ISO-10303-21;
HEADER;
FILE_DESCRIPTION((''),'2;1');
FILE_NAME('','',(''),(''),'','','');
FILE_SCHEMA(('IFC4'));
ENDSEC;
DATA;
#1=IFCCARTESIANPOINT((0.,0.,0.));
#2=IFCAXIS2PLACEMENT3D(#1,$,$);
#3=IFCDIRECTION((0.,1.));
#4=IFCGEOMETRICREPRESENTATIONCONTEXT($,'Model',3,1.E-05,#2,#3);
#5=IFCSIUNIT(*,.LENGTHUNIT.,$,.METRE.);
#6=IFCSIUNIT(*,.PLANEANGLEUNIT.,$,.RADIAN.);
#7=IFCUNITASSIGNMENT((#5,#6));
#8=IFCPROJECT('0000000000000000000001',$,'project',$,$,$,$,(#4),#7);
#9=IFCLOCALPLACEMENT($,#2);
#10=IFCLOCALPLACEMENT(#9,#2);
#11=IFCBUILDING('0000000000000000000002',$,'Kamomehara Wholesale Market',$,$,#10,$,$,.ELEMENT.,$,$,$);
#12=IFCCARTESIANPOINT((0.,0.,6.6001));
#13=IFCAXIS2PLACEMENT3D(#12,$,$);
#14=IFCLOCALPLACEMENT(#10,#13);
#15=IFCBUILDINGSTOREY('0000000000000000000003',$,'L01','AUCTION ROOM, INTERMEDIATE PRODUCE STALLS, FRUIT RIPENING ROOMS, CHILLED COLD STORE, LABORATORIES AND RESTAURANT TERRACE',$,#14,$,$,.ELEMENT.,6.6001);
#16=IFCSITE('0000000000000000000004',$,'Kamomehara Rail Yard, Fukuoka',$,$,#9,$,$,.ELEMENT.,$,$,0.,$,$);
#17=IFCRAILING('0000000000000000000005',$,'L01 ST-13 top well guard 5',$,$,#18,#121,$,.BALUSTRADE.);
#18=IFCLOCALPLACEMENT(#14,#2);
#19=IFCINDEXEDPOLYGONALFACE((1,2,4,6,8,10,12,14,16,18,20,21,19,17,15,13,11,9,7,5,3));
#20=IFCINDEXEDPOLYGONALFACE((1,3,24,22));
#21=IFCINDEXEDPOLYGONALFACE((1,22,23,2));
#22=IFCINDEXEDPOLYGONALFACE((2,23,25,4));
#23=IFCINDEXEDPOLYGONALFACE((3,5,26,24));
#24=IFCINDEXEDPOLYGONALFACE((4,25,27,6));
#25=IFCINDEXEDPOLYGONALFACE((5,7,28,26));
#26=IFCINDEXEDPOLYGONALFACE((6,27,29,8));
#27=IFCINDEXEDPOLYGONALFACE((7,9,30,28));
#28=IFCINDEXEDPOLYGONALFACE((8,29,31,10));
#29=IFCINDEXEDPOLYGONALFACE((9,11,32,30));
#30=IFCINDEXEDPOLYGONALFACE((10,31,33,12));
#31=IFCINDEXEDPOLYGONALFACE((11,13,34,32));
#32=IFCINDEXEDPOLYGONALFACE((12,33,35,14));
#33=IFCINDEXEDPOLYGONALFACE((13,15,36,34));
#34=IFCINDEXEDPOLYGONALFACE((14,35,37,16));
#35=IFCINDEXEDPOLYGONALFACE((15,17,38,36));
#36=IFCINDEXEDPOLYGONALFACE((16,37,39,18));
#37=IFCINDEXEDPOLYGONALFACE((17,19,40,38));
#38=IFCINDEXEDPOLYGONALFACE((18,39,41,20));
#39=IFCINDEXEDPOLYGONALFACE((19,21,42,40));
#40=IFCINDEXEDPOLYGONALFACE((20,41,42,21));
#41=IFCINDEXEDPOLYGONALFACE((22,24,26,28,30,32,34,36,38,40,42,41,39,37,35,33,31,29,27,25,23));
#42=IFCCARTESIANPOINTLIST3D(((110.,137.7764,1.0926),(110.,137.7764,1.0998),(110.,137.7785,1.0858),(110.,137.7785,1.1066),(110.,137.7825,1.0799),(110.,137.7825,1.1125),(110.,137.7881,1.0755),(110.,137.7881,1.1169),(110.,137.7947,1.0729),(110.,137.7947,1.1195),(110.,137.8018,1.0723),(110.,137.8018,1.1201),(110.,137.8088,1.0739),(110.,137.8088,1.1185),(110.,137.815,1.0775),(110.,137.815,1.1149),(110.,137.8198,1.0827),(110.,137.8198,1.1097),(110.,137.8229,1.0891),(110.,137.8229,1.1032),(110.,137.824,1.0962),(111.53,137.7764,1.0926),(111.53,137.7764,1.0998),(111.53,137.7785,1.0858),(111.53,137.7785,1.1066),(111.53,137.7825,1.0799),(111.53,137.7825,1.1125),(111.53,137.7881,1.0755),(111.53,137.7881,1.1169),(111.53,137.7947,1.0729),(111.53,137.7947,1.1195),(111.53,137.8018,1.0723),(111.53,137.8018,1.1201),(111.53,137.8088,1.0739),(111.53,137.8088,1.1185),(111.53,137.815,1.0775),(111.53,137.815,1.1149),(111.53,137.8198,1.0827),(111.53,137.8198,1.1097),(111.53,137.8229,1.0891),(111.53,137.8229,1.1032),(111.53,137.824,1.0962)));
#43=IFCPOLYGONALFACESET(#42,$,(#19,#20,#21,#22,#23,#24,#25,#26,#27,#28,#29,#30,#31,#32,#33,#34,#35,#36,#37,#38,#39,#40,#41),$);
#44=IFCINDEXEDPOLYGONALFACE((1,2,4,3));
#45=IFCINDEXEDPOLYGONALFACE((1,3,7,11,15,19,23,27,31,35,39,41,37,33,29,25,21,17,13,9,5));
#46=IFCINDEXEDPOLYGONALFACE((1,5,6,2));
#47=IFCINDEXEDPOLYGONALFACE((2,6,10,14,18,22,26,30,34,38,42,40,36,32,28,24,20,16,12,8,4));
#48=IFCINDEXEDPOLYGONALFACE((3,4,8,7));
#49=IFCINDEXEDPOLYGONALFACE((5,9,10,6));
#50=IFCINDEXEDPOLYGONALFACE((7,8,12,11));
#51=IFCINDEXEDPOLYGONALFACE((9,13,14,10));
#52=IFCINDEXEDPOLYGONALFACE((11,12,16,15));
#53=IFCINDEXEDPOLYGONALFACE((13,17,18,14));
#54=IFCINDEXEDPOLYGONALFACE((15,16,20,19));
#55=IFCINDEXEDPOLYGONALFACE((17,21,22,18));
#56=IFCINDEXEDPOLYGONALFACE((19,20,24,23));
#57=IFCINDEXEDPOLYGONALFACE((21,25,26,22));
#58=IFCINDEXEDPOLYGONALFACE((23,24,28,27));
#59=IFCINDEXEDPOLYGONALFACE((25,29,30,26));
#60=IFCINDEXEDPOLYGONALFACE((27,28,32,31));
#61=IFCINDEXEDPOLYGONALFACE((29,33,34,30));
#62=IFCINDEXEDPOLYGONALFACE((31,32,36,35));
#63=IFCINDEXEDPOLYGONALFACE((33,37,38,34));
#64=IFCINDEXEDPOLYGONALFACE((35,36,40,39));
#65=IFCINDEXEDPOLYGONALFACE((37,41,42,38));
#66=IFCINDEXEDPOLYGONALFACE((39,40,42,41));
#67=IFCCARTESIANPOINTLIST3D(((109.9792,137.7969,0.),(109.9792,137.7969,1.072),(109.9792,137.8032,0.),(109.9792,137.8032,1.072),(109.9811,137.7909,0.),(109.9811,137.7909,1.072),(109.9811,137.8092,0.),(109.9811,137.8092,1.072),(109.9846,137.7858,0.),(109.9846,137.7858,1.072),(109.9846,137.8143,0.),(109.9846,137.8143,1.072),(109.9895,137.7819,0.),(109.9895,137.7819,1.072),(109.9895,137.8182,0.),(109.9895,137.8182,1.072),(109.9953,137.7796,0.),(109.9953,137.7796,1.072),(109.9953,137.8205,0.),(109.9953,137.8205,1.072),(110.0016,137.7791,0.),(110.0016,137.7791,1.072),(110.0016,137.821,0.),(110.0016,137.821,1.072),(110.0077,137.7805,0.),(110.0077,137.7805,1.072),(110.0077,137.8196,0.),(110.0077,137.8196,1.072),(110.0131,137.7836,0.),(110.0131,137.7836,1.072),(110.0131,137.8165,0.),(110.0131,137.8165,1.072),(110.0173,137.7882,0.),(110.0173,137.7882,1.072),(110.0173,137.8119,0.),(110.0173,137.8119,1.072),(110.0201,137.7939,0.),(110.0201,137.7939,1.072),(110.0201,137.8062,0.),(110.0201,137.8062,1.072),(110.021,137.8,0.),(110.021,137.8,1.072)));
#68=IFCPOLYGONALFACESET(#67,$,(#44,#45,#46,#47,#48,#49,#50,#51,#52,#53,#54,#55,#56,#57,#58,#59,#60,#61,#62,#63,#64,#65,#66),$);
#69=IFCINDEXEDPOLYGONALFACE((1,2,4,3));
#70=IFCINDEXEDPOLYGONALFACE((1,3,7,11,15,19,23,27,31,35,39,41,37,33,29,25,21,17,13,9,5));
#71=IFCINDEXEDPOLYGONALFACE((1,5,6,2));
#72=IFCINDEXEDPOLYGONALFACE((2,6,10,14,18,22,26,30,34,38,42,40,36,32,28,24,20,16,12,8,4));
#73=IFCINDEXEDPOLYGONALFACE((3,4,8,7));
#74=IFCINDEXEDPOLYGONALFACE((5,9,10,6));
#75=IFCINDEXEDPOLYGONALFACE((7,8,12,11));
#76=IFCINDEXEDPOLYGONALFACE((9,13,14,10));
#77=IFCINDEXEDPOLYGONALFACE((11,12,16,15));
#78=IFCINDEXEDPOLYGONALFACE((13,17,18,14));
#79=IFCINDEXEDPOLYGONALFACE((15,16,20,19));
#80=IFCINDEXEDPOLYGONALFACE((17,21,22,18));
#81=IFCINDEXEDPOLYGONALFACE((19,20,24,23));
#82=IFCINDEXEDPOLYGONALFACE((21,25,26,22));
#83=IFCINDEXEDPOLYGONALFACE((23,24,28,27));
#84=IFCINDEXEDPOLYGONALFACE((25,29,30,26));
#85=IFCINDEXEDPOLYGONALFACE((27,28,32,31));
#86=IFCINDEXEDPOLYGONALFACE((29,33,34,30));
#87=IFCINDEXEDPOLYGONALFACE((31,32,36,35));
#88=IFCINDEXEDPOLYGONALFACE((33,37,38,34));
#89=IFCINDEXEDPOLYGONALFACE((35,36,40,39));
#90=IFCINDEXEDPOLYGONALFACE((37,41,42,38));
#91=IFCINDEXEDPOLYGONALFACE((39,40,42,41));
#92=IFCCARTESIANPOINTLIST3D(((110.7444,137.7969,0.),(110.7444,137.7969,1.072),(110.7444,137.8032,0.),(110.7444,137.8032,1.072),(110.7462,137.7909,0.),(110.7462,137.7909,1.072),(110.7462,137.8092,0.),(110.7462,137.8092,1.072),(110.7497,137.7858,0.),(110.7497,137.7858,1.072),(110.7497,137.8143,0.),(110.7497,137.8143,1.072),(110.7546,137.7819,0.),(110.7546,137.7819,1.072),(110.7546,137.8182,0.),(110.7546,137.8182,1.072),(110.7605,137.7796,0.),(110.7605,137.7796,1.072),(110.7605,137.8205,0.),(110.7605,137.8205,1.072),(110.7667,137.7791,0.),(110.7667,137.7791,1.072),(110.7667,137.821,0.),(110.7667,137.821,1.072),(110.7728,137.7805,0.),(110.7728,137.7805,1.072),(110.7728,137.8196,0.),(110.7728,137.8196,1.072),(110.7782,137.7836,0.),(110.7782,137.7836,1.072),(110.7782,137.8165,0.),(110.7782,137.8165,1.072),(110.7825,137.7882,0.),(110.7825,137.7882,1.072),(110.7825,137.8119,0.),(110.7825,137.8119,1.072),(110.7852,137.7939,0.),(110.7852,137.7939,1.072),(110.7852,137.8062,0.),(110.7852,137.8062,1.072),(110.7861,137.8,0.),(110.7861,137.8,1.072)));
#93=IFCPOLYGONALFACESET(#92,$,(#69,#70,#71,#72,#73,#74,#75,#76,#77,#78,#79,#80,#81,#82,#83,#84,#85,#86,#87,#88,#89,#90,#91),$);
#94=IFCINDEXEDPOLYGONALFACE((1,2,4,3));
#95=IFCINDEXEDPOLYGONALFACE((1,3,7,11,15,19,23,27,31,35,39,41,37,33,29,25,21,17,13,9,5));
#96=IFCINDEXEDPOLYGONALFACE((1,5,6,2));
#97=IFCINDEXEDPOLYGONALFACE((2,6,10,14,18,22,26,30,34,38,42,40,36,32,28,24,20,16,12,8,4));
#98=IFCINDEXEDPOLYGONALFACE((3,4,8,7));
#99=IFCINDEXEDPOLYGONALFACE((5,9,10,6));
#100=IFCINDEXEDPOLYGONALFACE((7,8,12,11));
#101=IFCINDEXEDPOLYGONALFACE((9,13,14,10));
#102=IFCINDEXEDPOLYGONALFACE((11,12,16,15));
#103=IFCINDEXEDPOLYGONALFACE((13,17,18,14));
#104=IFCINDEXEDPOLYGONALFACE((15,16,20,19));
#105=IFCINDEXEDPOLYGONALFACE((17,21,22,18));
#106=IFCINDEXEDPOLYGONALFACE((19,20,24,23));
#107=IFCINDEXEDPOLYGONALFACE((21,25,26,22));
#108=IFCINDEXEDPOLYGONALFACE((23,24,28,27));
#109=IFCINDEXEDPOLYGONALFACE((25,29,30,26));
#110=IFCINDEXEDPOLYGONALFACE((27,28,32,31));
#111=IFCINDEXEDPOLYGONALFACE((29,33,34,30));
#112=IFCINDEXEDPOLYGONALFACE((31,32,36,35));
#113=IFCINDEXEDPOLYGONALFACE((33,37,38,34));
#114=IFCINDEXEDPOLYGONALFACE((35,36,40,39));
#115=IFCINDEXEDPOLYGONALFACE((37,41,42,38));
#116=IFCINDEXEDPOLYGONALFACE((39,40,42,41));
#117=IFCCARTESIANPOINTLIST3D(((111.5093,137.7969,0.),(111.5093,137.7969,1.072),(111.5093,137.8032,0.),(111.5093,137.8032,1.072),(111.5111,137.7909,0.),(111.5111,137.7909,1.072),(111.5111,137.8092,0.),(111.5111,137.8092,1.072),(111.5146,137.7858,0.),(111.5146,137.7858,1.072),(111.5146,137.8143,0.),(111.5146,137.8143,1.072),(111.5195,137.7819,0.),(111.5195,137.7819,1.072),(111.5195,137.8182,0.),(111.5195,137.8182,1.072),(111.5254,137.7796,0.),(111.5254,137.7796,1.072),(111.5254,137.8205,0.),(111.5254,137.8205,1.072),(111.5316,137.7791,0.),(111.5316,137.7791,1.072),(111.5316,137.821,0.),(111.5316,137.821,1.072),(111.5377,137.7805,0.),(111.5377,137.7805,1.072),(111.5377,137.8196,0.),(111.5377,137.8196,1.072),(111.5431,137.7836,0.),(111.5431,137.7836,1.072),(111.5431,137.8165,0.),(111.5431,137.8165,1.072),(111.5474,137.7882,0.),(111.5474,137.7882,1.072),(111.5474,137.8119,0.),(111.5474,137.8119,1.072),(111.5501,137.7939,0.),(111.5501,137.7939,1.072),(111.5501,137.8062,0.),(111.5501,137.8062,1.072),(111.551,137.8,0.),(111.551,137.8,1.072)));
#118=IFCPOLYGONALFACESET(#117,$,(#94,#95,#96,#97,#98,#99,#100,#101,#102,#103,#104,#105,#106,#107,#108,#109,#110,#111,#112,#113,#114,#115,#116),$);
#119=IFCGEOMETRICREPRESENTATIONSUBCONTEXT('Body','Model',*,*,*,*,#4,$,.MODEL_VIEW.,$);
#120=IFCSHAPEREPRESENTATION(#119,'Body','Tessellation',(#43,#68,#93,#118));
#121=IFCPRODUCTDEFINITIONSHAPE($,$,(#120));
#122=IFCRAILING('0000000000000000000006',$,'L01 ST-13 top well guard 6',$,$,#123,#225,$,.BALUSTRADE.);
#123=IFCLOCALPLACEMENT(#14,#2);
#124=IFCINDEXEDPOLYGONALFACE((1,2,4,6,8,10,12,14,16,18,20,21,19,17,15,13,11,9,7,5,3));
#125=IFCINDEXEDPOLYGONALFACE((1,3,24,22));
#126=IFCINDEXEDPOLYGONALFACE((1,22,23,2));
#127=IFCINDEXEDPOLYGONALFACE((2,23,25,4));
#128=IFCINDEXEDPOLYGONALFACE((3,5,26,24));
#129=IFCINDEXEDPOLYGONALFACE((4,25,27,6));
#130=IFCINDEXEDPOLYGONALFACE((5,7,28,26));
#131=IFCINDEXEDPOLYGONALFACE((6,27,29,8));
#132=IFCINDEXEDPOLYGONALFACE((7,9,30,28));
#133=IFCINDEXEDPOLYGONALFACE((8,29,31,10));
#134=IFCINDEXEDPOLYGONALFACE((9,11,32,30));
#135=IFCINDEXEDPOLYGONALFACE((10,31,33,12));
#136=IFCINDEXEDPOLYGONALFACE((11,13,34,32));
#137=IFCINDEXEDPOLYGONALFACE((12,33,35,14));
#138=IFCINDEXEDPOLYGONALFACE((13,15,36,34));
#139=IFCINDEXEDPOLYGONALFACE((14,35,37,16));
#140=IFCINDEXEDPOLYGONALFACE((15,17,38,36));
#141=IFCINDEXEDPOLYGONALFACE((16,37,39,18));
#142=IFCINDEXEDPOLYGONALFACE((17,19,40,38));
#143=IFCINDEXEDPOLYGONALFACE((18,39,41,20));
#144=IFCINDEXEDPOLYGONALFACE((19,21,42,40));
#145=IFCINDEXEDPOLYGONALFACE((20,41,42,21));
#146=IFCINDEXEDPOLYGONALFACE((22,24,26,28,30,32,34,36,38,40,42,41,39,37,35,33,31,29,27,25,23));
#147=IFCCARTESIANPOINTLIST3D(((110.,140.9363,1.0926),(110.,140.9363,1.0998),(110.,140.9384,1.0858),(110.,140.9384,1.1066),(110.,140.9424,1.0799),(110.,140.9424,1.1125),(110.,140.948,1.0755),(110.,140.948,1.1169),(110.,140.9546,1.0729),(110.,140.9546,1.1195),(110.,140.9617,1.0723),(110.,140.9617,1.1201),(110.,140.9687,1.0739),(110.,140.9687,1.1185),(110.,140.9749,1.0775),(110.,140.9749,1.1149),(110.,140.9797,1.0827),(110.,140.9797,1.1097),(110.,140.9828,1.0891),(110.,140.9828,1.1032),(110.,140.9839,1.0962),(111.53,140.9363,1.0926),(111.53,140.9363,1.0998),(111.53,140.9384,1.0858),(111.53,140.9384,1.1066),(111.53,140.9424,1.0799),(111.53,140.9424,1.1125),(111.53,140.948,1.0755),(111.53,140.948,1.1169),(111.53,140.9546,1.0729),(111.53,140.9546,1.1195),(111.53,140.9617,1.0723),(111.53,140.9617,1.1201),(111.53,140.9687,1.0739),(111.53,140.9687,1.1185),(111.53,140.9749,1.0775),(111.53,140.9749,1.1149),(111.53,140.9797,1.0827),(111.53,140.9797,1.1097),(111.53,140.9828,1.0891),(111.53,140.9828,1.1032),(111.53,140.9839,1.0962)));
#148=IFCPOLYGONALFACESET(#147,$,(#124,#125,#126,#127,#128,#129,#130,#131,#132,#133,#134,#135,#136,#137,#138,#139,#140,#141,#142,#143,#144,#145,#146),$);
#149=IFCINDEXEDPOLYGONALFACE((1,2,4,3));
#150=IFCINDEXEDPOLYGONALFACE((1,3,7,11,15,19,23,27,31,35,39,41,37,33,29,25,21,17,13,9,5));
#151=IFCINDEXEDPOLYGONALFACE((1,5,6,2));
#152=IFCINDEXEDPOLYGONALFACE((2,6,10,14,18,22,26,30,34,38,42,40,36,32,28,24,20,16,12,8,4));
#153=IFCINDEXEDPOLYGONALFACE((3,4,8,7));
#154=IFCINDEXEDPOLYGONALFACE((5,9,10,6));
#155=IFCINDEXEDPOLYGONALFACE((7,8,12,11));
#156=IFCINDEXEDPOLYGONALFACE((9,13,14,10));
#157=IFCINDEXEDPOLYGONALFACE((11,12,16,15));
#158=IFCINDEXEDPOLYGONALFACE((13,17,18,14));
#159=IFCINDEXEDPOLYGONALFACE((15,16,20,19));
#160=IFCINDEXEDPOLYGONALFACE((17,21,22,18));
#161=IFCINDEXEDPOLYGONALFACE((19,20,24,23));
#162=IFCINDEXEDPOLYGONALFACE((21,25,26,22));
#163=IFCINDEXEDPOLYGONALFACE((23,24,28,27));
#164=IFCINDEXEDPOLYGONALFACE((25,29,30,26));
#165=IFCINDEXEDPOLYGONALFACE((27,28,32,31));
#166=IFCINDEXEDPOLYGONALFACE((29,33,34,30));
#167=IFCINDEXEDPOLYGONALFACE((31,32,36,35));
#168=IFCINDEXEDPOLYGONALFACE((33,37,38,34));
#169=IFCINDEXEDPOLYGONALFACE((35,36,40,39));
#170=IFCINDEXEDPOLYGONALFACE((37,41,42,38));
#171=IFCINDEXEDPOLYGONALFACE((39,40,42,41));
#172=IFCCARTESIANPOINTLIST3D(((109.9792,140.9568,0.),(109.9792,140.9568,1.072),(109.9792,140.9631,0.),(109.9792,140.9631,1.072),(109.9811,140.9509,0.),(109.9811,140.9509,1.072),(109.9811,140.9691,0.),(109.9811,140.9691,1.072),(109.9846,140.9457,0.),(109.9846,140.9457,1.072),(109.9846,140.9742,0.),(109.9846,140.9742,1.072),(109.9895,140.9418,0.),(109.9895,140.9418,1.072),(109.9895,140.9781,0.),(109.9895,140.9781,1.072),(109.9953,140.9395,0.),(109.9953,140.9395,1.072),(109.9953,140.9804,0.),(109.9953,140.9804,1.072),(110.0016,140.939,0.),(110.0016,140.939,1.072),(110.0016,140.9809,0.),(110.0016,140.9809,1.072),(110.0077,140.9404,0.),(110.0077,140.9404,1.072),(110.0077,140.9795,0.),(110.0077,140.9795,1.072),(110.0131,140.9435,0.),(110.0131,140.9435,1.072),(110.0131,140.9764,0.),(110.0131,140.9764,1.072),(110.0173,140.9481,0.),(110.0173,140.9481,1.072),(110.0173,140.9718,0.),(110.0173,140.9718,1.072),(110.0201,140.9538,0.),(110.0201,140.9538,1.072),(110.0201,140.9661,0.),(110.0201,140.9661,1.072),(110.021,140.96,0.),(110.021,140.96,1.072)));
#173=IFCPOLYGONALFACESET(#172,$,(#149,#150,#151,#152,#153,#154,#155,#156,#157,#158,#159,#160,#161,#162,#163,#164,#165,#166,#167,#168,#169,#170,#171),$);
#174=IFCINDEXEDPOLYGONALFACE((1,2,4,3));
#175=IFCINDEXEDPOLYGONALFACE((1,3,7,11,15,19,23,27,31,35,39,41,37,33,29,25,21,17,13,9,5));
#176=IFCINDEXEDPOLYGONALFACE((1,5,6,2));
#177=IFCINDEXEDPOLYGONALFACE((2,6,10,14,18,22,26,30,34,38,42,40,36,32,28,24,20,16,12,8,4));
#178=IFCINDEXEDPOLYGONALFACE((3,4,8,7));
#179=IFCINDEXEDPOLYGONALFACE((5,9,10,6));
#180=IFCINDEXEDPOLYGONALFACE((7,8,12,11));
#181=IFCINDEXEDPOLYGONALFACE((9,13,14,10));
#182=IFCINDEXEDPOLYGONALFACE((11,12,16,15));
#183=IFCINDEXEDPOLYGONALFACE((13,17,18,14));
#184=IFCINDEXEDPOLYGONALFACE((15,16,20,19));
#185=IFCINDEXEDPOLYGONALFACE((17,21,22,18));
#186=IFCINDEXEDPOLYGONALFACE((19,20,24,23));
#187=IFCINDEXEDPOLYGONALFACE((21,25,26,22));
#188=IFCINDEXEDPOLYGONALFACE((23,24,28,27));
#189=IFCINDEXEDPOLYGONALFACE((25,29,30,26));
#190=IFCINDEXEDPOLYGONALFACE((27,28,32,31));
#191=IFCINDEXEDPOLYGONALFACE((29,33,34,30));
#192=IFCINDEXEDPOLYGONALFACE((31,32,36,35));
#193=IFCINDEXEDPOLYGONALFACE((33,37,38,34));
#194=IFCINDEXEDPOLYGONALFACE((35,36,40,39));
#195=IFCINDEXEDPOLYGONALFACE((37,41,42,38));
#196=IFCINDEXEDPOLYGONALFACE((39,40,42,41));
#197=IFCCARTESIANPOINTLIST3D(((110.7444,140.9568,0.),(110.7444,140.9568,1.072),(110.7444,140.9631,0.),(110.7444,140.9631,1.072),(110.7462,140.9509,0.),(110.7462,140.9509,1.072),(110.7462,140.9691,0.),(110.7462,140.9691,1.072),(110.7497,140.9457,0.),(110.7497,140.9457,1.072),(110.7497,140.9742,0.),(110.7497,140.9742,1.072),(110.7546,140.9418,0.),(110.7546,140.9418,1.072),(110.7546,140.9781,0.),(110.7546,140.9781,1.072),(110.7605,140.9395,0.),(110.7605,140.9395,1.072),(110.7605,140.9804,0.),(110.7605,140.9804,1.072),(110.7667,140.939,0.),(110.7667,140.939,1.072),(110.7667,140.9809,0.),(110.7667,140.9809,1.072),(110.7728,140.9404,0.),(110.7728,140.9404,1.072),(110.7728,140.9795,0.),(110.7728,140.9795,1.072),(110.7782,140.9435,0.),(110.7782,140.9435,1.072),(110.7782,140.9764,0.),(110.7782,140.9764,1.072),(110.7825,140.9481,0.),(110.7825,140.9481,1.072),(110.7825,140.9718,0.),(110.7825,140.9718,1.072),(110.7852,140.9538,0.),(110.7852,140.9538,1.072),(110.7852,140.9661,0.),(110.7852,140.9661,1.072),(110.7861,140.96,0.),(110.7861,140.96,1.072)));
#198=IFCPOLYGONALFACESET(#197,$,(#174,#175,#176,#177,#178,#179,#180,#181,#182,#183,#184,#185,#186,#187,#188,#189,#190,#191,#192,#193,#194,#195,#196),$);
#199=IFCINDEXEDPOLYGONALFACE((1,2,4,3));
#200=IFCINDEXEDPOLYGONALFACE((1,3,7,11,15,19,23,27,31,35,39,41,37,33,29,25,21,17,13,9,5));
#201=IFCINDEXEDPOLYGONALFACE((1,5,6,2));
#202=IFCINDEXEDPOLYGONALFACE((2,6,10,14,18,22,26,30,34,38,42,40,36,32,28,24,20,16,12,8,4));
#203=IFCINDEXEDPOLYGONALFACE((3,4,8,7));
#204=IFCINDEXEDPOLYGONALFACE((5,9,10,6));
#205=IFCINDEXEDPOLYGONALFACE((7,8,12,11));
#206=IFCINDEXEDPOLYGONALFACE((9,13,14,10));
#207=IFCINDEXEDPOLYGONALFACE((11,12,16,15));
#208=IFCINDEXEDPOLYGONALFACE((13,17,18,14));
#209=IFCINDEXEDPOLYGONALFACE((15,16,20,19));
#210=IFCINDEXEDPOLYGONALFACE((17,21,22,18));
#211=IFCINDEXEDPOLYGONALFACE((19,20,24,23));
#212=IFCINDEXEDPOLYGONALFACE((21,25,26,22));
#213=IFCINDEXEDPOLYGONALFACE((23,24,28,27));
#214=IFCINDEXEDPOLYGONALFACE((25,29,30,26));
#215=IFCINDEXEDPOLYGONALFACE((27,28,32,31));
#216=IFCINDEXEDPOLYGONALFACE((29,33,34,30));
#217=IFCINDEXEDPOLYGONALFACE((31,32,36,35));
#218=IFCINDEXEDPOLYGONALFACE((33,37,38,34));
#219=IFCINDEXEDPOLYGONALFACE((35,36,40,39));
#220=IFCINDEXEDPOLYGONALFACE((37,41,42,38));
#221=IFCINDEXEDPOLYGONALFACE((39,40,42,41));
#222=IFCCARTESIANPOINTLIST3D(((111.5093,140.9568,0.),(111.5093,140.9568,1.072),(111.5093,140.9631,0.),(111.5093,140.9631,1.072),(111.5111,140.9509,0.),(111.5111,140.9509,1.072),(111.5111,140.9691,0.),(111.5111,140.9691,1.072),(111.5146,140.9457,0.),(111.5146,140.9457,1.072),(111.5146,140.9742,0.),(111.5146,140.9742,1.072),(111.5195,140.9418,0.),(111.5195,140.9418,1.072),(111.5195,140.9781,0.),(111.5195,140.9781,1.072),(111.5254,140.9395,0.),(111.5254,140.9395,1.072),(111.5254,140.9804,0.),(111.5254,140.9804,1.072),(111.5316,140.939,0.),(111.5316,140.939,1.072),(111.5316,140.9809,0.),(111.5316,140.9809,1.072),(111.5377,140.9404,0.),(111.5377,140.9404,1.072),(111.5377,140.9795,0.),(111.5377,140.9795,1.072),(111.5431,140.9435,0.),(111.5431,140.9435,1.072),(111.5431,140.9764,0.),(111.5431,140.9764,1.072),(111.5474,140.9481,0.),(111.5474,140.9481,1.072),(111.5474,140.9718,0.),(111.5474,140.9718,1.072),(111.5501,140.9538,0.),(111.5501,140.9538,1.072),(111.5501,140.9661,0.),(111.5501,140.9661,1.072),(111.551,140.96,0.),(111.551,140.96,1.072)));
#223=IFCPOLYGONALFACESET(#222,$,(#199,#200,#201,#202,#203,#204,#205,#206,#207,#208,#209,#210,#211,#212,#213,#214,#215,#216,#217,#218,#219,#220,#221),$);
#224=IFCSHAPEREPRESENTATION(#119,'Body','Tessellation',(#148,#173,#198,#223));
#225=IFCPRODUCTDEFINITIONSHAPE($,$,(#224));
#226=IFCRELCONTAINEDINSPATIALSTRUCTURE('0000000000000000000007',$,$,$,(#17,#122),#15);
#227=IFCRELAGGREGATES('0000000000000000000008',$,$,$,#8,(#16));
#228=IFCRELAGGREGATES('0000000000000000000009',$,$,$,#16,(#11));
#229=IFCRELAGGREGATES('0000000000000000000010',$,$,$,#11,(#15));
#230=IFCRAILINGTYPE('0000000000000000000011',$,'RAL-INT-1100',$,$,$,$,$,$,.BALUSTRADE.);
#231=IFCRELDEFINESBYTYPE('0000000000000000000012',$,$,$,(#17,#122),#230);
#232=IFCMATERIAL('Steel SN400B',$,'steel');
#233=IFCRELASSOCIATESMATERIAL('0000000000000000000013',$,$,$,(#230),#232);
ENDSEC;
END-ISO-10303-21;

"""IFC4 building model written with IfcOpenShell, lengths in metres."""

from ifc_helpers import new_model, si_unit, direction, frame, origin, origin_2d, place, context, subcontext, project, spatial, circle, extrude, material, type_object, element, save


model = new_model("IFC4")

# Units and contexts
model_context = context("Model", 3, precision=1e-05, world=origin(), true_north=direction((0.0, 1.0)))
body_context = subcontext(model_context, "Body", "Model", "MODEL_VIEW")
ifc_project = project(units=[si_unit("LENGTHUNIT", "METRE"), si_unit("PLANEANGLEUNIT", "RADIAN")], contexts=[model_context])

# Site, building, storey
site_placement = place(None, origin())
site = spatial("IfcSite", under=ifc_project, at=site_placement, Name="Kamomehara Rail Yard, Fukuoka", CompositionType="ELEMENT", RefElevation=0.0)
building_placement = place(site_placement, origin())
building = spatial("IfcBuilding", under=site, at=building_placement, Name="Kamomehara Wholesale Market", CompositionType="ELEMENT")
storey_placement = place(building_placement, frame((0.0, 0.0, 6.6001)))
storey = spatial("IfcBuildingStorey", under=building, at=storey_placement, Name="L01", Description="AUCTION ROOM, INTERMEDIATE PRODUCE STALLS, FRUIT RIPENING ROOMS, CHILLED COLD STORE, LABORATORIES AND RESTAURANT TERRACE", CompositionType="ELEMENT", Elevation=6.6001)

# Railings
ifc_material_1 = material(Name="Steel SN400B", Category="steel")
railing_type = type_object("IfcRailingType", Name="RAL-INT-1100", PredefinedType="BALUSTRADE", material=ifc_material_1)
for number, where, name in (
    (1, (110.0, 137.8, 0.0), "L01 ST-13 top well guard 5"),
    (2, (110.0, 140.96, 0.0), "L01 ST-13 top well guard 6"),
):
    element("IfcRailing", number, at=place(storey_placement, frame(where)), inside=storey, type_object=railing_type, Name=name, PredefinedType="BALUSTRADE", context=body_context, shape_type="SweptSolid", body=[
        extrude(circle(Radius=0.0239, at=origin_2d()), frame((0.0, 0.0, 1.0962), z_axis=(1.0, 0.0, 0.0), x_axis=(0.0, 1.0, 0.0)), (0.0, 0.0, 1.0), 1.53),
        extrude(circle(Radius=0.021, at=origin_2d()), origin(), (0.0, 0.0, 1.0), 1.072),
        extrude(circle(Radius=0.021, at=origin_2d()), frame((0.7651, 0.0, 0.0)), (0.0, 0.0, 1.0), 1.072),
        extrude(circle(Radius=0.021, at=origin_2d()), frame((1.53, 0.0, 0.0)), (0.0, 0.0, 1.0), 1.072),
    ])

save(model, "model.ifc")
